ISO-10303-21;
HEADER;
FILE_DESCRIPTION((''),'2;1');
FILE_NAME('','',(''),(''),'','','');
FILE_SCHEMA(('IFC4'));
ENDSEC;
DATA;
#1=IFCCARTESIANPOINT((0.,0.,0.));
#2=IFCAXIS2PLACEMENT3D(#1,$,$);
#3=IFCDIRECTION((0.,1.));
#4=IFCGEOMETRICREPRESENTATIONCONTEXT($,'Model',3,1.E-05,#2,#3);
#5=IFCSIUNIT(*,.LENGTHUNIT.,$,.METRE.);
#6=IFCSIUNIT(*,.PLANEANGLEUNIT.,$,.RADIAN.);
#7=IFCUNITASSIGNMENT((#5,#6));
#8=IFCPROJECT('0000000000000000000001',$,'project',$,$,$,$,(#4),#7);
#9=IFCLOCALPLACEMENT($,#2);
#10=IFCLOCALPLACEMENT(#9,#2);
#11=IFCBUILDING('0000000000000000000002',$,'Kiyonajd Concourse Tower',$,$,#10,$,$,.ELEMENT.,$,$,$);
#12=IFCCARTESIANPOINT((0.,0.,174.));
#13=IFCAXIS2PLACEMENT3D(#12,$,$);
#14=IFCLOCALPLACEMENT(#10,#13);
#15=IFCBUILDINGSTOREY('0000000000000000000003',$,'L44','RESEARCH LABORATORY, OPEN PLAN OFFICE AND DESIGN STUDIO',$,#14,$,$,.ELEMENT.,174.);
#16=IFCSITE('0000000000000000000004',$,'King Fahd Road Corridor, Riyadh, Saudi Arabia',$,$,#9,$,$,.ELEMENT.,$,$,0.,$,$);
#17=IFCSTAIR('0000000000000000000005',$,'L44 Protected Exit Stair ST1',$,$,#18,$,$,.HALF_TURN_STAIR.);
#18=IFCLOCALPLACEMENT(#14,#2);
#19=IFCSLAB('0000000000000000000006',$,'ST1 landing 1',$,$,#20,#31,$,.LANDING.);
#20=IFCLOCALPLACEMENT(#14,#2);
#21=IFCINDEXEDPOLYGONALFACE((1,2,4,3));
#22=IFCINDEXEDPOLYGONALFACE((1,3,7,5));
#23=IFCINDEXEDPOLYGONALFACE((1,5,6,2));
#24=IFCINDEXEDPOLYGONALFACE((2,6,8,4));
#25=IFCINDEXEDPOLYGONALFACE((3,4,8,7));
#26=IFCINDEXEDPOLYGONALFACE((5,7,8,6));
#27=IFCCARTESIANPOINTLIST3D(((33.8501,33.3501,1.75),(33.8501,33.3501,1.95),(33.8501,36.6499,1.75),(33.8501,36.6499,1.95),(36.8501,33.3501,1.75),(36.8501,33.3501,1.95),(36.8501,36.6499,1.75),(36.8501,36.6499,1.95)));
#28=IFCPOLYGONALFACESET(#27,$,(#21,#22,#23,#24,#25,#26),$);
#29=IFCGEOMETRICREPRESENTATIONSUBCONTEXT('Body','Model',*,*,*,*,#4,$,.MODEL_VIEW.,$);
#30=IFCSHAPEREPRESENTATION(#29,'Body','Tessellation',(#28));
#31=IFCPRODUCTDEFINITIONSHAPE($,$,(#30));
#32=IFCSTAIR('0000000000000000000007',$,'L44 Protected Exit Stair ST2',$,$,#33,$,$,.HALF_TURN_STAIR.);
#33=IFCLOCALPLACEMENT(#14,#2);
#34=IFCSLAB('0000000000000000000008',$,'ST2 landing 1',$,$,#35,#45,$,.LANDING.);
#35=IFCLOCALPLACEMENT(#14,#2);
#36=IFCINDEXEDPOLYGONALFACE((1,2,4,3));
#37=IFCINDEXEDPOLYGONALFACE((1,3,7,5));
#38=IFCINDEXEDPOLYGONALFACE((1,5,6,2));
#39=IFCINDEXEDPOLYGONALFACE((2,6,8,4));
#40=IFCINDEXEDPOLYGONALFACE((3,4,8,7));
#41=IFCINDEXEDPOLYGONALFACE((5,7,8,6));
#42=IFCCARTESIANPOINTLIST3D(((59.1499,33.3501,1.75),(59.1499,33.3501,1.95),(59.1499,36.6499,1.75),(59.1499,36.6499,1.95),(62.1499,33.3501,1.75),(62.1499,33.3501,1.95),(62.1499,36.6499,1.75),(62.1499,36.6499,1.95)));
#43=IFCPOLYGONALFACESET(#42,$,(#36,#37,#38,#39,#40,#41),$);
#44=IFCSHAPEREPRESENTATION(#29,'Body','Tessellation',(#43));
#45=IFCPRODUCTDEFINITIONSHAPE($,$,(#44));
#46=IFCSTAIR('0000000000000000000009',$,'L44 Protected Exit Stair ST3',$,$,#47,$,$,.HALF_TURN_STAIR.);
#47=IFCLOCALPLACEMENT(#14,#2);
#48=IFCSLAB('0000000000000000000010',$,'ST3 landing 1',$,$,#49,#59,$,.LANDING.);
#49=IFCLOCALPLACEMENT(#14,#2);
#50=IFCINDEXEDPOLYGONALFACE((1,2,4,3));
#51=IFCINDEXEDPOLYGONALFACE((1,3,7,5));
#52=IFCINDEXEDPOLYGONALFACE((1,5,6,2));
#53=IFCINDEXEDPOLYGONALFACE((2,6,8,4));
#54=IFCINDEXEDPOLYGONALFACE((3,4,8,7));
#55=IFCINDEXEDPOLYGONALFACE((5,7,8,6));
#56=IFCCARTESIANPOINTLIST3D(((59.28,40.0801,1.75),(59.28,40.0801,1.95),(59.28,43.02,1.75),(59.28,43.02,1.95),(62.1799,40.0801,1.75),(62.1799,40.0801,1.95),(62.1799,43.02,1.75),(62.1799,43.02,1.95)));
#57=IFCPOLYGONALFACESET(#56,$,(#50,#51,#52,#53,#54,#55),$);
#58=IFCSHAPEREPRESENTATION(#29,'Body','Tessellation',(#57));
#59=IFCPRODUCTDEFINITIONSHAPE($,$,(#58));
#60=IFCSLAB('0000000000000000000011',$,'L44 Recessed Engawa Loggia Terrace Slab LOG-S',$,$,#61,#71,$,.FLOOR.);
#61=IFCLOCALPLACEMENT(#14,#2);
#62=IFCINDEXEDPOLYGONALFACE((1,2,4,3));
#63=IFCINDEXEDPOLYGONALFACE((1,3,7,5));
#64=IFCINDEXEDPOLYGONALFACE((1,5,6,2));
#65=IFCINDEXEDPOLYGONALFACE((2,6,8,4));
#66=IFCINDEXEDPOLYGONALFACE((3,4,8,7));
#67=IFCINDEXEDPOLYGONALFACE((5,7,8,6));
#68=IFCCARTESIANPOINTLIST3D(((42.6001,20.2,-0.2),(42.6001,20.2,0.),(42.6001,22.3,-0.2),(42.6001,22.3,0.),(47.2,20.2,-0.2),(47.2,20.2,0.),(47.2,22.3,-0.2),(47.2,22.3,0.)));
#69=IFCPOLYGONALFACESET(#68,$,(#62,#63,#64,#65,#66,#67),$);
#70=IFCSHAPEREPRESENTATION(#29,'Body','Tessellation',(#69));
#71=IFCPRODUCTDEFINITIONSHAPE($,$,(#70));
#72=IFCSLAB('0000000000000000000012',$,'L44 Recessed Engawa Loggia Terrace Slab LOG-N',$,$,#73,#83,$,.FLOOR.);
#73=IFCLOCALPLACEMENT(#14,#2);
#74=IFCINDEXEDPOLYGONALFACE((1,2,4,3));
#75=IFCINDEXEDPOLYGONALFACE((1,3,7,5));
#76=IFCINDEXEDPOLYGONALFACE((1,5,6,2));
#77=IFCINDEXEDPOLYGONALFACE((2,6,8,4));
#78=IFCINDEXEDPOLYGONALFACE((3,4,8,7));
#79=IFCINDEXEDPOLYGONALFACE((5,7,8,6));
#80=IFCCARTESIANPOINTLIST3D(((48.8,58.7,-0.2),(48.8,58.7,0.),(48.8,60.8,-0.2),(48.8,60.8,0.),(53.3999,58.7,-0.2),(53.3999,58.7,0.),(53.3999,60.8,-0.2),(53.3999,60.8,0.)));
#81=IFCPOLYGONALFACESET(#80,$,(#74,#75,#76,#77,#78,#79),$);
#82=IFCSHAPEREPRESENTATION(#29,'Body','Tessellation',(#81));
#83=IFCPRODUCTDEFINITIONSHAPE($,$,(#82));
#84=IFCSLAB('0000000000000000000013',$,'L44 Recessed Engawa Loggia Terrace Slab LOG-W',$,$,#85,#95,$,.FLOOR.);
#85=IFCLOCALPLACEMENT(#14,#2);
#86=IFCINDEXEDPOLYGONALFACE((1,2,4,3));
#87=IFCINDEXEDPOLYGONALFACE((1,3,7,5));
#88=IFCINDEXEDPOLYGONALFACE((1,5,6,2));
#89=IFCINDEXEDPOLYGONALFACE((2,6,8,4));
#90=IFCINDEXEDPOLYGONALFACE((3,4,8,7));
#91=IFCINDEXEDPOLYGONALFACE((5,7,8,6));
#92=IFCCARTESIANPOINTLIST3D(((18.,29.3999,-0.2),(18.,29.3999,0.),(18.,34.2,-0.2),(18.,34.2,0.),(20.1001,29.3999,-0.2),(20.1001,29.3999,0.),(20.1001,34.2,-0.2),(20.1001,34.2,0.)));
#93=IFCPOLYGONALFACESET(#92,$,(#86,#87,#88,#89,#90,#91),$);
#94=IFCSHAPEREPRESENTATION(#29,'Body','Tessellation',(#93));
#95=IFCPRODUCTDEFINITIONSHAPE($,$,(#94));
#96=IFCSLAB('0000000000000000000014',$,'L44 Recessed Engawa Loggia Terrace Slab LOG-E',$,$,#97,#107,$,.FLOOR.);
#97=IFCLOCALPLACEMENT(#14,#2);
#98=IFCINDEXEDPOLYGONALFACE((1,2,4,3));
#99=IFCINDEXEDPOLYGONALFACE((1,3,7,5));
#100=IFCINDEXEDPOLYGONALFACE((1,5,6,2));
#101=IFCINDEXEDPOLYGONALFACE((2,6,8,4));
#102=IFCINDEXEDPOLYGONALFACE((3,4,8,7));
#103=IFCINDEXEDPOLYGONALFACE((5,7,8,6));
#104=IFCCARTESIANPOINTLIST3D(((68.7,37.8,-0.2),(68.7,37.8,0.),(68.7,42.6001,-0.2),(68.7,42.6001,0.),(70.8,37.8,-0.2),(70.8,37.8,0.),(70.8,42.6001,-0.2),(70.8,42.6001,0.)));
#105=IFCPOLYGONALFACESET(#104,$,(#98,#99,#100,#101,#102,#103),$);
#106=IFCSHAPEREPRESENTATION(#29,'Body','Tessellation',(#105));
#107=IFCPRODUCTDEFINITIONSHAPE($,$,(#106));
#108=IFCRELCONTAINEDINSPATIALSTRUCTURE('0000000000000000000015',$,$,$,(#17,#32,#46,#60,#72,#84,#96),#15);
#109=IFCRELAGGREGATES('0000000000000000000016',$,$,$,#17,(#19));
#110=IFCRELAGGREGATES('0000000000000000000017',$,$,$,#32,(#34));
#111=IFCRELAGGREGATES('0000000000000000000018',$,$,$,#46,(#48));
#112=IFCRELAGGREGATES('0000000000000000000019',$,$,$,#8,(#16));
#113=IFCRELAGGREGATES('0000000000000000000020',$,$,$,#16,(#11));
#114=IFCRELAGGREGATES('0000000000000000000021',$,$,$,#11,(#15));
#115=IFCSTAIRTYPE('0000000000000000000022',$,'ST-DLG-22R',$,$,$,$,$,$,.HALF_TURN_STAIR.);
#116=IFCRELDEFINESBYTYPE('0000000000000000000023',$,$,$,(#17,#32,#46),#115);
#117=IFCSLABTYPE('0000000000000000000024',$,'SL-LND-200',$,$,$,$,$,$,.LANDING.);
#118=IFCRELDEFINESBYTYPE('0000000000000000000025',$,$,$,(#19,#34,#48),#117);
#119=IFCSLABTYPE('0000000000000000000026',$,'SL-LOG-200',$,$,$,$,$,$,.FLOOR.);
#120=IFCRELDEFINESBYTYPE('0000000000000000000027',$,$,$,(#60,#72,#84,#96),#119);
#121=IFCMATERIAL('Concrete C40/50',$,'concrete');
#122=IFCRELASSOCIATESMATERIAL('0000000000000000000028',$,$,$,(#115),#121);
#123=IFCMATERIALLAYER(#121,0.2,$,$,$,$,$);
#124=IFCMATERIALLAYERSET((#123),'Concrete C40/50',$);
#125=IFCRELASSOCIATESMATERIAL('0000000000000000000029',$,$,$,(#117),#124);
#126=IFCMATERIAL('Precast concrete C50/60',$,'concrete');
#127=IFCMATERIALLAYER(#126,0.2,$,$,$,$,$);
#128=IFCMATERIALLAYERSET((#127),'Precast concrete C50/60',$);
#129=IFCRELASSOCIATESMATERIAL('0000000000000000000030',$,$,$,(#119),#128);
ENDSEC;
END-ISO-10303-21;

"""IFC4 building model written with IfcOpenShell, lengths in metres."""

from ifc_helpers import new_model, si_unit, direction, frame, origin, place, context, subcontext, project, spatial, polyline, outline, extrude, material, layer, layer_set, type_object, element, aggregate, save


model = new_model("IFC4")

# Units and contexts
model_context = context("Model", 3, precision=1e-05, world=origin(), true_north=direction((0.0, 1.0)))
body_context = subcontext(model_context, "Body", "Model", "MODEL_VIEW")
ifc_project = project(units=[si_unit("LENGTHUNIT", "METRE"), si_unit("PLANEANGLEUNIT", "RADIAN")], contexts=[model_context])

# Site, building, storey
site_placement = place(None, origin())
site = spatial("IfcSite", under=ifc_project, at=site_placement, Name="King Fahd Road Corridor, Riyadh, Saudi Arabia", CompositionType="ELEMENT", RefElevation=0.0)
building_placement = place(site_placement, origin())
building = spatial("IfcBuilding", under=site, at=building_placement, Name="Kiyonajd Concourse Tower", CompositionType="ELEMENT")
storey_placement = place(building_placement, frame((0.0, 0.0, 174.0)))
storey = spatial("IfcBuildingStorey", under=building, at=storey_placement, Name="L44", Description="RESEARCH LABORATORY, OPEN PLAN OFFICE AND DESIGN STUDIO", CompositionType="ELEMENT", Elevation=174.0)

# Stairs, slabs
ifc_material_1 = material(Name="Concrete C40/50", Category="concrete")
stair_type = type_object("IfcStairType", Name="ST-DLG-22R", PredefinedType="HALF_TURN_STAIR", material=ifc_material_1)
stair_1_placement = place(storey_placement, origin())
stair_1 = element("IfcStair", 1, at=stair_1_placement, inside=storey, type_object=stair_type, Name="L44 Protected Exit Stair ST1", PredefinedType="HALF_TURN_STAIR")
ifc_layer_1 = layer(ifc_material_1, 0.2)
ifc_layer_set_1 = layer_set([ifc_layer_1], Name="Concrete C40/50")
slab_type_1 = type_object("IfcSlabType", Name="SL-LND-200", PredefinedType="LANDING", material=ifc_layer_set_1)
slab_1_placement = place(storey_placement, frame((0.0, 0.0, 1.75)))
slab_1 = element("IfcSlab", 2, at=slab_1_placement, type_object=slab_type_1, Name="ST1 landing 1", PredefinedType="LANDING", context=body_context, shape_type="SweptSolid", body=[
    extrude(outline(polyline([(36.8501, 33.3501), (36.8501, 36.6499), (33.8501, 36.6499), (33.8501, 33.3501), (36.8501, 33.3501)])), origin(), (0.0, 0.0, 1.0), 0.2),
])
aggregate(stair_1, [slab_1])
stair_2_placement = place(storey_placement, origin())
stair_2 = element("IfcStair", 3, at=stair_2_placement, inside=storey, type_object=stair_type, Name="L44 Protected Exit Stair ST2", PredefinedType="HALF_TURN_STAIR")
slab_2_placement = place(storey_placement, frame((0.0, 0.0, 1.75)))
slab_2 = element("IfcSlab", 4, at=slab_2_placement, type_object=slab_type_1, Name="ST2 landing 1", PredefinedType="LANDING", context=body_context, shape_type="SweptSolid", body=[
    extrude(outline(polyline([(62.1499, 33.3501), (62.1499, 36.6499), (59.1499, 36.6499), (59.1499, 33.3501), (62.1499, 33.3501)])), origin(), (0.0, 0.0, 1.0), 0.2),
])
aggregate(stair_2, [slab_2])
stair_3_placement = place(storey_placement, origin())
stair_3 = element("IfcStair", 5, at=stair_3_placement, inside=storey, type_object=stair_type, Name="L44 Protected Exit Stair ST3", PredefinedType="HALF_TURN_STAIR")
slab_3_placement = place(storey_placement, frame((0.0, 0.0, 1.75)))
slab_3 = element("IfcSlab", 6, at=slab_3_placement, type_object=slab_type_1, Name="ST3 landing 1", PredefinedType="LANDING", context=body_context, shape_type="SweptSolid", body=[
    extrude(outline(polyline([(59.28, 40.0801), (62.1799, 40.0801), (62.1799, 43.02), (59.28, 43.02), (59.28, 40.0801)])), origin(), (0.0, 0.0, 1.0), 0.2),
])
aggregate(stair_3, [slab_3])

# Slabs
ifc_material_2 = material(Name="Precast concrete C50/60", Category="concrete")
ifc_layer_2 = layer(ifc_material_2, 0.2)
ifc_layer_set_2 = layer_set([ifc_layer_2], Name="Precast concrete C50/60")
slab_type_2 = type_object("IfcSlabType", Name="SL-LOG-200", PredefinedType="FLOOR", material=ifc_layer_set_2)
slab_4_placement = place(storey_placement, frame((0.0, 0.0, -0.2)))
element("IfcSlab", 7, at=slab_4_placement, inside=storey, type_object=slab_type_2, Name="L44 Recessed Engawa Loggia Terrace Slab LOG-S", PredefinedType="FLOOR", context=body_context, shape_type="SweptSolid", body=[
    extrude(outline(polyline([(42.6001, 20.2), (47.2, 20.2), (47.2, 22.3), (42.6001, 22.3), (42.6001, 20.2)])), origin(), (0.0, 0.0, 1.0), 0.2),
])
slab_5_placement = place(storey_placement, frame((0.0, 0.0, -0.2)))
element("IfcSlab", 8, at=slab_5_placement, inside=storey, type_object=slab_type_2, Name="L44 Recessed Engawa Loggia Terrace Slab LOG-N", PredefinedType="FLOOR", context=body_context, shape_type="SweptSolid", body=[
    extrude(outline(polyline([(48.8, 58.7), (53.3999, 58.7), (53.3999, 60.8), (48.8, 60.8), (48.8, 58.7)])), origin(), (0.0, 0.0, 1.0), 0.2),
])
slab_6_placement = place(storey_placement, frame((0.0, 0.0, -0.2)))
element("IfcSlab", 9, at=slab_6_placement, inside=storey, type_object=slab_type_2, Name="L44 Recessed Engawa Loggia Terrace Slab LOG-W", PredefinedType="FLOOR", context=body_context, shape_type="SweptSolid", body=[
    extrude(outline(polyline([(18.0, 29.3999), (20.1001, 29.3999), (20.1001, 34.2), (18.0, 34.2), (18.0, 29.3999)])), origin(), (0.0, 0.0, 1.0), 0.2),
])
slab_7_placement = place(storey_placement, frame((0.0, 0.0, -0.2)))
element("IfcSlab", 10, at=slab_7_placement, inside=storey, type_object=slab_type_2, Name="L44 Recessed Engawa Loggia Terrace Slab LOG-E", PredefinedType="FLOOR", context=body_context, shape_type="SweptSolid", body=[
    extrude(outline(polyline([(68.7, 37.8), (70.8, 37.8), (70.8, 42.6001), (68.7, 42.6001), (68.7, 37.8)])), origin(), (0.0, 0.0, 1.0), 0.2),
])

save(model, "model.ifc")
